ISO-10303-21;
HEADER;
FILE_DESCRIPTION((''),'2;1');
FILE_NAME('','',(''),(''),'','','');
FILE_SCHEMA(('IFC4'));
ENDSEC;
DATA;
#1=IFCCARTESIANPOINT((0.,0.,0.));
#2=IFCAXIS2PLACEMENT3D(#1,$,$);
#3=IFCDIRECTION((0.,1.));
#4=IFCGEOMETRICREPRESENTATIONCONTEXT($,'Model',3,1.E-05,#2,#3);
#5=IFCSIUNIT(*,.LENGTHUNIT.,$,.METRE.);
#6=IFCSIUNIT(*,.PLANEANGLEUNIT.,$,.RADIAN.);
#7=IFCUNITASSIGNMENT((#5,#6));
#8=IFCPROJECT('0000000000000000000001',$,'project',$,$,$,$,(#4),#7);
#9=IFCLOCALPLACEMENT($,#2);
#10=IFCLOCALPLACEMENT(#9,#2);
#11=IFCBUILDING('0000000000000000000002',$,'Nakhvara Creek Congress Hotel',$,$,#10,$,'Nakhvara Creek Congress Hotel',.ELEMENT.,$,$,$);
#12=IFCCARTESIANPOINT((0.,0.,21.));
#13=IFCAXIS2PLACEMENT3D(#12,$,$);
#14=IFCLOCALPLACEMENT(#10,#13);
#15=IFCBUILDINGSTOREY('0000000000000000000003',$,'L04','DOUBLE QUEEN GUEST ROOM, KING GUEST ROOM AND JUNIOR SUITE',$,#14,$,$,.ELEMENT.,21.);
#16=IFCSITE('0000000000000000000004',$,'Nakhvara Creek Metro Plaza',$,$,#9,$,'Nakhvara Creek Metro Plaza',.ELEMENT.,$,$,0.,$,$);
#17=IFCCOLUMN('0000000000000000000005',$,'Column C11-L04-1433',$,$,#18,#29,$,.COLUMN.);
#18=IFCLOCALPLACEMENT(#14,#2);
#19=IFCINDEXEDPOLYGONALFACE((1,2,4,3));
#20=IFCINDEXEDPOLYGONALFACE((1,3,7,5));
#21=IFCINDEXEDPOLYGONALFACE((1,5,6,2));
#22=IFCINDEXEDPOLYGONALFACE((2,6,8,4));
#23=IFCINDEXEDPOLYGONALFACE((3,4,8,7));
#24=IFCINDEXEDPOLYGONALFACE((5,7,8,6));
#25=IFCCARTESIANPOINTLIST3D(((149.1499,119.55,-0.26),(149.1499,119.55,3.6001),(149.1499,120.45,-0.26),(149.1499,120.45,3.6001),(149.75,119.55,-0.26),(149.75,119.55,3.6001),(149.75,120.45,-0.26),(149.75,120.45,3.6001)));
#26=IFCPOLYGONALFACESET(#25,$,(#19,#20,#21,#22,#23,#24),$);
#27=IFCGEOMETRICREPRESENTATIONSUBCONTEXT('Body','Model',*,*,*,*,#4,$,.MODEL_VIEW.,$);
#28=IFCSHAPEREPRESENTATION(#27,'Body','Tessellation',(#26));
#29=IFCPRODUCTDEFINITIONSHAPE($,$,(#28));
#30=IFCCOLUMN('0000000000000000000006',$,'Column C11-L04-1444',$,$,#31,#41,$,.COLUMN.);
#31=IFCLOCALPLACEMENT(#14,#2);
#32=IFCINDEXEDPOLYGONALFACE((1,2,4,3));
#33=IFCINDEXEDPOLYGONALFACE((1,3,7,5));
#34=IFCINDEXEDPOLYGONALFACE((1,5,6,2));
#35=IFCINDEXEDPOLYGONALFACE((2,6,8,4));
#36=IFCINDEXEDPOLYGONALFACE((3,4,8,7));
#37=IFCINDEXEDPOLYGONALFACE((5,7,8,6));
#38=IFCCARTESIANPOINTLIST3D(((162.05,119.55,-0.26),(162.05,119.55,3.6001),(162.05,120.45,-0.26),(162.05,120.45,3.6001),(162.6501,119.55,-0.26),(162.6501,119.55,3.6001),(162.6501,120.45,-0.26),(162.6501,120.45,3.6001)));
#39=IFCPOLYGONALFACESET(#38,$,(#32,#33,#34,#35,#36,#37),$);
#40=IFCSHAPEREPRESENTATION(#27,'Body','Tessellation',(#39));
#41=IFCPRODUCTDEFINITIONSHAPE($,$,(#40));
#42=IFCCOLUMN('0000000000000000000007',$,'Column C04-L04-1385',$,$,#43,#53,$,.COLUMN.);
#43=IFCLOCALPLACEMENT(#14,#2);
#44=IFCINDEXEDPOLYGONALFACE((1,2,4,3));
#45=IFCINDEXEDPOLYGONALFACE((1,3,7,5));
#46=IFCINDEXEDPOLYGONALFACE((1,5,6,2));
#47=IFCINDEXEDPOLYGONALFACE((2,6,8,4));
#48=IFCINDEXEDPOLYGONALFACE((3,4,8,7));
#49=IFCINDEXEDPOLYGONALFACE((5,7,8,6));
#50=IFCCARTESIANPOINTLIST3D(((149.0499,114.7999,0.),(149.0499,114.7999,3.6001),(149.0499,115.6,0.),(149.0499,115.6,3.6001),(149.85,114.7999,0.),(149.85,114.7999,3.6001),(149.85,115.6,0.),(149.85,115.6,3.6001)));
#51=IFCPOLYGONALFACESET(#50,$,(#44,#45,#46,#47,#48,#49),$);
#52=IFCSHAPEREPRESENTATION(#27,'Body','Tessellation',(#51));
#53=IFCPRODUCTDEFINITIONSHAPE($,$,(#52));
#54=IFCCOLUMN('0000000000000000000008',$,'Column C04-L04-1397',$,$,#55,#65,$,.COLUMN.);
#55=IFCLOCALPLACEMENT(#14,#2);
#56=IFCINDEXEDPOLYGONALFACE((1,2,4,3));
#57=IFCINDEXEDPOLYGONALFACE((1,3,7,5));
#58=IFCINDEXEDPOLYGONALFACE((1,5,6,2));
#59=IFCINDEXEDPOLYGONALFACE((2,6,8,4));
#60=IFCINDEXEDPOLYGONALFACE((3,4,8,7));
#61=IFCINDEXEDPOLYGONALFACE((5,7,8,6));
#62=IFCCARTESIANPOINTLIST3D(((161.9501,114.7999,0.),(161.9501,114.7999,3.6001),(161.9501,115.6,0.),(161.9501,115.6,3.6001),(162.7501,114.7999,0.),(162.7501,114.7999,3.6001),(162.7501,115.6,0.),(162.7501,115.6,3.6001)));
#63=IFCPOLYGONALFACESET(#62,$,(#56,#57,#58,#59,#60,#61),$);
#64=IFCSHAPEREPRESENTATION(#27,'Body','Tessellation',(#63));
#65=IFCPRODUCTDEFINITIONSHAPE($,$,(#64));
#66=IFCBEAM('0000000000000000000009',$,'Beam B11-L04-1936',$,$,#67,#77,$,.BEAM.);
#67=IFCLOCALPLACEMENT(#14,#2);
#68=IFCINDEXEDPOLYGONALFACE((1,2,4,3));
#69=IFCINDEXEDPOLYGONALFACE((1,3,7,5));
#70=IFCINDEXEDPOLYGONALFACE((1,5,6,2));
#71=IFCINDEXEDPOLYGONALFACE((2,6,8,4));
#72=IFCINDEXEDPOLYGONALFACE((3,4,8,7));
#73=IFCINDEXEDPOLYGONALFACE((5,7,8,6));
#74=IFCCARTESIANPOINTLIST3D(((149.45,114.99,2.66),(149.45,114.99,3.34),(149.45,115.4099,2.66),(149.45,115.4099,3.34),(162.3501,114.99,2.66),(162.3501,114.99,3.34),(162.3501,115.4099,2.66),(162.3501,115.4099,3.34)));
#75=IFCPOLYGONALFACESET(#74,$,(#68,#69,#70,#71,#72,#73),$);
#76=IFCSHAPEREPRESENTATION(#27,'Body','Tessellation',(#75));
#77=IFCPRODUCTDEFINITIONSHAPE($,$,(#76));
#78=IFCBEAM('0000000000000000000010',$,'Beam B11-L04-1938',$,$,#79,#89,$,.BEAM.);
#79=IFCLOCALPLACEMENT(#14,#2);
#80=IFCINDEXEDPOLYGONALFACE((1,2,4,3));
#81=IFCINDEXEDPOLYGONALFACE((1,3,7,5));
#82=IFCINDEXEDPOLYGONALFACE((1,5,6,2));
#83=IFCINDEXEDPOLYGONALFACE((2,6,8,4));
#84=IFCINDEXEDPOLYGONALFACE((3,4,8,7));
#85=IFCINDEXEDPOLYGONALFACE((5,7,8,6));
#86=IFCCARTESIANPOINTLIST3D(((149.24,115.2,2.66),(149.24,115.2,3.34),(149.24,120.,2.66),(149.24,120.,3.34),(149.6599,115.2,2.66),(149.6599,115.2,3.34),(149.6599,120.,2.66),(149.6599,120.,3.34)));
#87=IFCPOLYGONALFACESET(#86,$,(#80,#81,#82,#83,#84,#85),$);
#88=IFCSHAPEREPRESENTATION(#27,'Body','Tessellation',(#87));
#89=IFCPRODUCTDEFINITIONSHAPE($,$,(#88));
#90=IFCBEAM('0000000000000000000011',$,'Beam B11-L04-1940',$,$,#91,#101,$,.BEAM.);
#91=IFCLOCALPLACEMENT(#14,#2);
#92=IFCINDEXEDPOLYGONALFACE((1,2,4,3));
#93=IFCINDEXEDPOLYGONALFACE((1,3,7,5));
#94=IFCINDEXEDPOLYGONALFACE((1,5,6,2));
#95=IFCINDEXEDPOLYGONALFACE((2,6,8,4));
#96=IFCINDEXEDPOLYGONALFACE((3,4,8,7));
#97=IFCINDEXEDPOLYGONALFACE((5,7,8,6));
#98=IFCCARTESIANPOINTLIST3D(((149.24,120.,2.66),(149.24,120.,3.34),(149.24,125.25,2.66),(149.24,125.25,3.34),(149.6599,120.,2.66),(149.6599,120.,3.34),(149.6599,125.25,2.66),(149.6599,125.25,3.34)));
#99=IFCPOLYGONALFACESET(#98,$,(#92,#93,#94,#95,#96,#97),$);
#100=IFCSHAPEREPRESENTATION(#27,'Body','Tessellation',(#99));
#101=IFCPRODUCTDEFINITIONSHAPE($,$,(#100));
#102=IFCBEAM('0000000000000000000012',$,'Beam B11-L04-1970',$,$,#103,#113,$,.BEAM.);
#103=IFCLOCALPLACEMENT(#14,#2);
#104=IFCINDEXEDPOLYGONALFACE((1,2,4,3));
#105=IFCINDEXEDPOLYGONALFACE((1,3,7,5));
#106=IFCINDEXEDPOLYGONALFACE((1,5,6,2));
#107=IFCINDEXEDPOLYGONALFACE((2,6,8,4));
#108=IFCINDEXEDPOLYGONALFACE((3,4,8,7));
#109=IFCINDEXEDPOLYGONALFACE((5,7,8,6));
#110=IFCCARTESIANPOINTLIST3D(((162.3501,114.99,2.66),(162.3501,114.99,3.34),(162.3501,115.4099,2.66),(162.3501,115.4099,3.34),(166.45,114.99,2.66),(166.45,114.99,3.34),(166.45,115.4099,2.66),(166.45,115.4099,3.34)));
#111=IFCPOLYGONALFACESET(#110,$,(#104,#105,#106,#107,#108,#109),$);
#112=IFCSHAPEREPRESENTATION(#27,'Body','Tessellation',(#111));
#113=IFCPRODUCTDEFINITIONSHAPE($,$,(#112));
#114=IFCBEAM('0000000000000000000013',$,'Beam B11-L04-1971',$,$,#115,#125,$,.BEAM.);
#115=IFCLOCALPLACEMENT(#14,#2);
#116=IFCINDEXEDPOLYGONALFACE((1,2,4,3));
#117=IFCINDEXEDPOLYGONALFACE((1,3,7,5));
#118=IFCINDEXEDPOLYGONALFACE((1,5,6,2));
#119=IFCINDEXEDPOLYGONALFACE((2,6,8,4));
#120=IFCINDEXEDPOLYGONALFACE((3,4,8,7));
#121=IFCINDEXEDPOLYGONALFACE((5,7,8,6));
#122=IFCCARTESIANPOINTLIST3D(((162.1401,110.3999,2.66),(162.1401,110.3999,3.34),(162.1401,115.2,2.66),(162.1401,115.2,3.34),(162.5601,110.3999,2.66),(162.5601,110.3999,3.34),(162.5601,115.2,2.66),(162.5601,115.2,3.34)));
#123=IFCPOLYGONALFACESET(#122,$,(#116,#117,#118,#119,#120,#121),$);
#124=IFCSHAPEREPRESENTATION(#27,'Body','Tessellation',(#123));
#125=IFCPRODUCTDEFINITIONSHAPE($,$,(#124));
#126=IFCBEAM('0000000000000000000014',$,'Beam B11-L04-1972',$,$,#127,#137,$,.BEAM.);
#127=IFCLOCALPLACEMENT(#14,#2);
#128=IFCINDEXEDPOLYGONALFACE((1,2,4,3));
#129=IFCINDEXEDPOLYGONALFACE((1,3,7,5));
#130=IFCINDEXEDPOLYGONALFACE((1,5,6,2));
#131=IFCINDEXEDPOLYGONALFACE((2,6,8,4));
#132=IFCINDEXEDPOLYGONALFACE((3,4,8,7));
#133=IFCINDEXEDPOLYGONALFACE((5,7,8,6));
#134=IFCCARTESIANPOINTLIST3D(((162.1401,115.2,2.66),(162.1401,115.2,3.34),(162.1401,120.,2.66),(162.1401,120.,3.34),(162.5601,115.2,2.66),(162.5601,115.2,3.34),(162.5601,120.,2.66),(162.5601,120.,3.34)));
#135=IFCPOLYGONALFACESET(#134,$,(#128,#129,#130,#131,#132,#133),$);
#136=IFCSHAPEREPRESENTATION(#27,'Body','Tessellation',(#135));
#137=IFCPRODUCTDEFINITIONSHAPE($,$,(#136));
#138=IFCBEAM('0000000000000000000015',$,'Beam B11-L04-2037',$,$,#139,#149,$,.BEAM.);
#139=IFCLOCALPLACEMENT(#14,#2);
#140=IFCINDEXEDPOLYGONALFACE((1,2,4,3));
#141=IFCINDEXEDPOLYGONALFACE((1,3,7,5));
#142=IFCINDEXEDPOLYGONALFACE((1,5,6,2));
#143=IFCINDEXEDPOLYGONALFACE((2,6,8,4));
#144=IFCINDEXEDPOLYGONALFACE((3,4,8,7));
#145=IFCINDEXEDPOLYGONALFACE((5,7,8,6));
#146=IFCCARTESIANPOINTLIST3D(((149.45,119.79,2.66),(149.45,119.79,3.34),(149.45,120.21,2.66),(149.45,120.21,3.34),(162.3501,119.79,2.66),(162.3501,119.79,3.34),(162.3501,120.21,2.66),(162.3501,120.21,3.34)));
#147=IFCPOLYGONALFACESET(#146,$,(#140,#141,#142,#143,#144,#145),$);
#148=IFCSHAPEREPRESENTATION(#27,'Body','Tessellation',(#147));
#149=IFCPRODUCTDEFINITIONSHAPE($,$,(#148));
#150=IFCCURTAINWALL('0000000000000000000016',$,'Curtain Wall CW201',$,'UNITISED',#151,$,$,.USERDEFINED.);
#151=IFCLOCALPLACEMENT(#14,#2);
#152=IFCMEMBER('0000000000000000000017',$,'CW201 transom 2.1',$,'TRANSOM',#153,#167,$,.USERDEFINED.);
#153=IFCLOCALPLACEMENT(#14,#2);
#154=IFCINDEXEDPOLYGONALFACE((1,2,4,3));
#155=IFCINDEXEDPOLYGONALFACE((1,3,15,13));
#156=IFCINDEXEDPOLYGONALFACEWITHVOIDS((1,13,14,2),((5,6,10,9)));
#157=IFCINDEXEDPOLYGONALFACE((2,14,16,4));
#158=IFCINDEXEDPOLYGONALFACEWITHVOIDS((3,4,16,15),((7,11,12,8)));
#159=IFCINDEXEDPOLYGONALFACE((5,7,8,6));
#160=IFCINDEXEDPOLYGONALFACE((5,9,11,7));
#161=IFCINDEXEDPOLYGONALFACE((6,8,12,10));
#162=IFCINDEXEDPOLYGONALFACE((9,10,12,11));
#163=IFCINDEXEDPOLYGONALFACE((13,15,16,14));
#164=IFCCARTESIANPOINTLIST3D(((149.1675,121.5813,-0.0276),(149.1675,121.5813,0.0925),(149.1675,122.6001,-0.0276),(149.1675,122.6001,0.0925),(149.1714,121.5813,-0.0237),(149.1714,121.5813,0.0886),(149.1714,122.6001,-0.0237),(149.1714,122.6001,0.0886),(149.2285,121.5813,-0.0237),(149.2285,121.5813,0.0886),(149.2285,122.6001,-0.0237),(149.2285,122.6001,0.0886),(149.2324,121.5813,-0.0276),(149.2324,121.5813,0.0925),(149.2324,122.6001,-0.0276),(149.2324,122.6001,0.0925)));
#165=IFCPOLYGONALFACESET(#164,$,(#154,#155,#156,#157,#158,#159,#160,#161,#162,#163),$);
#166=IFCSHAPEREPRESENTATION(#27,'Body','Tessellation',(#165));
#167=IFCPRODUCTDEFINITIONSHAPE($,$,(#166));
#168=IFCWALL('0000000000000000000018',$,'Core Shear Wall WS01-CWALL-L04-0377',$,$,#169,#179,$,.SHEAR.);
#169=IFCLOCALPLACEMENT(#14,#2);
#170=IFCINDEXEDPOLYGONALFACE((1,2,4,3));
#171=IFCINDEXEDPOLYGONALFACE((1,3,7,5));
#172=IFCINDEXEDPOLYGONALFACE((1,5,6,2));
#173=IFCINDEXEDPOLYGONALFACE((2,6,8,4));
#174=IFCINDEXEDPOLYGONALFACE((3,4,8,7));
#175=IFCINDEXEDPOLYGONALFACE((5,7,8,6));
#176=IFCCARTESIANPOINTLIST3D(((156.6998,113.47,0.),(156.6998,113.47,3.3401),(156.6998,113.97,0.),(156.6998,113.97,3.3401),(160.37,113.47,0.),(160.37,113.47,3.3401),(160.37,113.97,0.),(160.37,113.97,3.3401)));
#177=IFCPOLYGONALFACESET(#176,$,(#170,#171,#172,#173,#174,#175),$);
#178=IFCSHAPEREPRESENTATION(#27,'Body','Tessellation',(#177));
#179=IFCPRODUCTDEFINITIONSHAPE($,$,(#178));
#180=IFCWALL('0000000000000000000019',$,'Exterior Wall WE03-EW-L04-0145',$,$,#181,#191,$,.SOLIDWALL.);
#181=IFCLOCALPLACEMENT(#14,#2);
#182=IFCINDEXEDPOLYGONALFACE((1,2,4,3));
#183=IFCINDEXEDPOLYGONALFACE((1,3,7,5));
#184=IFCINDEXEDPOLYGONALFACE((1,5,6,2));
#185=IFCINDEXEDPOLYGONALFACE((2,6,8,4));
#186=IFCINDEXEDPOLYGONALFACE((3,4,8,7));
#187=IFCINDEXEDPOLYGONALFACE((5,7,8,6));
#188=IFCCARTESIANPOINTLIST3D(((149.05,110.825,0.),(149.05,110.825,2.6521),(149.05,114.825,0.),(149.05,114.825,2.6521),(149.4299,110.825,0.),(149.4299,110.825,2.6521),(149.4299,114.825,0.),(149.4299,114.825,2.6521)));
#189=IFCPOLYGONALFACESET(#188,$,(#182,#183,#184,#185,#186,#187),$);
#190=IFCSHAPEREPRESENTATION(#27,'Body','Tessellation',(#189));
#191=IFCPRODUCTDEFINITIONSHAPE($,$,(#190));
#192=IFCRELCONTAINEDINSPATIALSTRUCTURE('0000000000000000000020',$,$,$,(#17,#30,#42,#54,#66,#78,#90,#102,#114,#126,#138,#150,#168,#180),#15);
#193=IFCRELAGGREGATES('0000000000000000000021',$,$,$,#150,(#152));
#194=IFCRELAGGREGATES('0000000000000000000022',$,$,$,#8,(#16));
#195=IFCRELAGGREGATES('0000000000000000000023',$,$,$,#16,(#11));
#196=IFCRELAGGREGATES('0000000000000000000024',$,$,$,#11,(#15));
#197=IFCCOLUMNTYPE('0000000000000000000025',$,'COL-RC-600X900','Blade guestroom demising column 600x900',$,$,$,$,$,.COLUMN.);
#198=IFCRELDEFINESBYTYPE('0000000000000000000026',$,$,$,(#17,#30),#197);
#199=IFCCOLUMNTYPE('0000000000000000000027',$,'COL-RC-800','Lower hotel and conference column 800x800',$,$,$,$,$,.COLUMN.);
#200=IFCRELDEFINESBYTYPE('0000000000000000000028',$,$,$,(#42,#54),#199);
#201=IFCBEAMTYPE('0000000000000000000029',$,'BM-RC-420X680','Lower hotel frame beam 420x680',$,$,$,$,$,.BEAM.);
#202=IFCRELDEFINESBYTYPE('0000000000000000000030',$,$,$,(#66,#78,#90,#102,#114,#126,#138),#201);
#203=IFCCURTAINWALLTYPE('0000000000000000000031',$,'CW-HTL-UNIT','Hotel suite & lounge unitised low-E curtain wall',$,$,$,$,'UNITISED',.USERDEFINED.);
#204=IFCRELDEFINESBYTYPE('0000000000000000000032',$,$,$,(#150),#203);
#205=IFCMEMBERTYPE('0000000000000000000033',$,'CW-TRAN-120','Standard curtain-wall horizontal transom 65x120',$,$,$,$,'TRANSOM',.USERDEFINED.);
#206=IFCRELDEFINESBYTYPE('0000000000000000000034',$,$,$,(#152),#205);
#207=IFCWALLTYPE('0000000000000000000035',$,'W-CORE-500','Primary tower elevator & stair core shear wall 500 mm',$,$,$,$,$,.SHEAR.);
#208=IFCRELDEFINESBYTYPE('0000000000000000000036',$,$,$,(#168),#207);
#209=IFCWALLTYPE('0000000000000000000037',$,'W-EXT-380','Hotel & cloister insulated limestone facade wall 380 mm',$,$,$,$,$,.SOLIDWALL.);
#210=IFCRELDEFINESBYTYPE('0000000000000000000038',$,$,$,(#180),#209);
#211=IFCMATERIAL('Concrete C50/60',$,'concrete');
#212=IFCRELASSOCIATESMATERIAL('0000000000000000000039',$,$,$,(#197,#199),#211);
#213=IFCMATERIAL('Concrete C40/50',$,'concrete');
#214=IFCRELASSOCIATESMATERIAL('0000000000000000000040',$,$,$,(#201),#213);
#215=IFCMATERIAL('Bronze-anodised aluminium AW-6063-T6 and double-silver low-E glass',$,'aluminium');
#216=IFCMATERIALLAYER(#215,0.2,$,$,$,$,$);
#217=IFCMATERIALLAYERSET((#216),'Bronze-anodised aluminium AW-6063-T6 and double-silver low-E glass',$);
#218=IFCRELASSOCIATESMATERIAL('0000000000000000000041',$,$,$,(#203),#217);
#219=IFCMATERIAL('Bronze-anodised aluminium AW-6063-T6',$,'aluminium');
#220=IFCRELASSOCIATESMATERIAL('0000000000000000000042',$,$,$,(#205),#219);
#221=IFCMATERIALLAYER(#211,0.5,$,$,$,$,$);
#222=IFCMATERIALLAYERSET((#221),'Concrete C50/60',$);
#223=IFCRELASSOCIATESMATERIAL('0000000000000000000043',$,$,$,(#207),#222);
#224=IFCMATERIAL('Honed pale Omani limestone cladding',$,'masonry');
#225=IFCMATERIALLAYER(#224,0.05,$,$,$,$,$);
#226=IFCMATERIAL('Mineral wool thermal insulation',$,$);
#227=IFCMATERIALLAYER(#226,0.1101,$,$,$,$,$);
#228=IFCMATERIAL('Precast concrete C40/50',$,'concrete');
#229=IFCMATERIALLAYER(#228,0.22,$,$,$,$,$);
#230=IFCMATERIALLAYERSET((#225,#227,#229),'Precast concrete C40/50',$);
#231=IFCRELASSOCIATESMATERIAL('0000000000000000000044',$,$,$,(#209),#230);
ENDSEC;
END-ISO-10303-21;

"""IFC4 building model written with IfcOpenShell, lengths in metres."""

from ifc_helpers import new_model, si_unit, direction, frame, frame_2d, origin, origin_2d, place, context, subcontext, project, spatial, rectangle, hollow_rectangle, extrude, material, layer, layer_set, material_profile, profile_set, type_object, element, aggregate, save


model = new_model("IFC4")

# Units and contexts
model_context = context("Model", 3, precision=1e-05, world=origin(), true_north=direction((0.0, 1.0)))
body_context = subcontext(model_context, "Body", "Model", "MODEL_VIEW")
ifc_project = project(units=[si_unit("LENGTHUNIT", "METRE"), si_unit("PLANEANGLEUNIT", "RADIAN")], contexts=[model_context])

# Site, building, storey
site_placement = place(None, origin())
site = spatial("IfcSite", under=ifc_project, at=site_placement, Name="Nakhvara Creek Metro Plaza", LongName="Nakhvara Creek Metro Plaza", CompositionType="ELEMENT", RefElevation=0.0)
building_placement = place(site_placement, origin())
building = spatial("IfcBuilding", under=site, at=building_placement, Name="Nakhvara Creek Congress Hotel", LongName="Nakhvara Creek Congress Hotel", CompositionType="ELEMENT")
storey_placement = place(building_placement, frame((0.0, 0.0, 21.0)))
storey = spatial("IfcBuildingStorey", under=building, at=storey_placement, Name="L04", Description="DOUBLE QUEEN GUEST ROOM, KING GUEST ROOM AND JUNIOR SUITE", CompositionType="ELEMENT", Elevation=21.0)

# Columns
ifc_material_1 = material(Name="Concrete C50/60", Category="concrete")
ifc_material_profile_1 = material_profile(ifc_material_1, rectangle(XDim=0.6001, YDim=0.8999, at=origin_2d()), Name="RC-COL 600x900", Category="LoadBearing")
ifc_profile_set_1 = profile_set([ifc_material_profile_1], Name="Concrete C50/60")
column_type_1 = type_object("IfcColumnType", Name="COL-RC-600X900", Description="Blade guestroom demising column 600x900", PredefinedType="COLUMN", material=ifc_profile_set_1)
for number, where, z_axis, x_axis, name in (
    (1, (149.45, 120.0, -0.26), (0.0, 0.0, 1.0), (1.0, 0.0, 0.0), "Column C11-L04-1433"),
    (2, (162.3501, 120.0, -0.26), (0.0, 0.0, 1.0), (1.0, 0.0, 0.0), "Column C11-L04-1444"),
):
    element("IfcColumn", number, at=place(storey_placement, frame(where, z_axis=z_axis, x_axis=x_axis)), inside=storey, type_object=column_type_1, Name=name, PredefinedType="COLUMN", context=body_context, shape_type="SweptSolid", body=[
        extrude(rectangle(XDim=0.6001, YDim=0.8999, at=origin_2d()), origin(), (0.0, 0.0, 1.0), 3.8601),
    ])
ifc_material_profile_2 = material_profile(ifc_material_1, rectangle(XDim=0.8, YDim=0.8, at=origin_2d()), Name="RC-COL 800x800", Category="LoadBearing")
ifc_profile_set_2 = profile_set([ifc_material_profile_2], Name="Concrete C50/60")
column_type_2 = type_object("IfcColumnType", Name="COL-RC-800", Description="Lower hotel and conference column 800x800", PredefinedType="COLUMN", material=ifc_profile_set_2)
for number, where, z_axis, x_axis, name in (
    (3, (149.45, 115.2, 0.0), (0.0, 0.0, 1.0), (1.0, 0.0, 0.0), "Column C04-L04-1385"),
    (4, (162.3501, 115.2, 0.0), (0.0, 0.0, 1.0), (1.0, 0.0, 0.0), "Column C04-L04-1397"),
):
    element("IfcColumn", number, at=place(storey_placement, frame(where, z_axis=z_axis, x_axis=x_axis)), inside=storey, type_object=column_type_2, Name=name, PredefinedType="COLUMN", context=body_context, shape_type="SweptSolid", body=[
        extrude(rectangle(XDim=0.8, YDim=0.8, at=origin_2d()), origin(), (0.0, 0.0, 1.0), 3.6001),
    ])

# Beams
ifc_material_2 = material(Name="Concrete C40/50", Category="concrete")
ifc_material_profile_3 = material_profile(ifc_material_2, rectangle(XDim=0.4199, YDim=0.6799, at=origin_2d()), Name="RC-BM 420x680", Category="LoadBearing")
ifc_profile_set_3 = profile_set([ifc_material_profile_3], Name="Concrete C40/50")
beam_type = type_object("IfcBeamType", Name="BM-RC-420X680", Description="Lower hotel frame beam 420x680", PredefinedType="BEAM", material=ifc_profile_set_3)
beam_1_placement = place(storey_placement, frame((149.45, 115.2, 3.0), z_axis=(1.0, 0.0, 0.0), x_axis=(0.0, 1.0, 0.0)))
element("IfcBeam", 5, at=beam_1_placement, inside=storey, type_object=beam_type, Name="Beam B11-L04-1936", PredefinedType="BEAM", context=body_context, shape_type="SweptSolid", body=[
    extrude(rectangle(XDim=0.4199, YDim=0.6799, at=origin_2d()), origin(), (0.0, 0.0, 1.0), 12.9001),
])
beam_2_placement = place(storey_placement, frame((149.45, 115.2, 3.0), z_axis=(0.0, 1.0, 0.0), x_axis=(-1.0, 0.0, 0.0)))
element("IfcBeam", 6, at=beam_2_placement, inside=storey, type_object=beam_type, Name="Beam B11-L04-1938", PredefinedType="BEAM", context=body_context, shape_type="SweptSolid", body=[
    extrude(rectangle(XDim=0.4199, YDim=0.6799, at=origin_2d()), origin(), (0.0, 0.0, 1.0), 4.8),
])
beam_3_placement = place(storey_placement, frame((149.45, 120.0, 3.0), z_axis=(0.0, 1.0, 0.0), x_axis=(-1.0, 0.0, 0.0)))
element("IfcBeam", 7, at=beam_3_placement, inside=storey, type_object=beam_type, Name="Beam B11-L04-1940", PredefinedType="BEAM", context=body_context, shape_type="SweptSolid", body=[
    extrude(rectangle(XDim=0.4199, YDim=0.6799, at=origin_2d()), origin(), (0.0, 0.0, 1.0), 5.25),
])
beam_4_placement = place(storey_placement, frame((162.3501, 115.2, 3.0), z_axis=(1.0, 0.0, 0.0), x_axis=(0.0, 1.0, 0.0)))
element("IfcBeam", 8, at=beam_4_placement, inside=storey, type_object=beam_type, Name="Beam B11-L04-1970", PredefinedType="BEAM", context=body_context, shape_type="SweptSolid", body=[
    extrude(rectangle(XDim=0.4199, YDim=0.6799, at=origin_2d()), origin(), (0.0, 0.0, 1.0), 4.0999),
])
for number, where, z_axis, x_axis, name in (
    (9, (162.3501, 110.3999, 3.0), (0.0, 1.0, 0.0), (-1.0, 0.0, 0.0), "Beam B11-L04-1971"),
    (10, (162.3501, 115.2, 3.0), (0.0, 1.0, 0.0), (-1.0, 0.0, 0.0), "Beam B11-L04-1972"),
):
    element("IfcBeam", number, at=place(storey_placement, frame(where, z_axis=z_axis, x_axis=x_axis)), inside=storey, type_object=beam_type, Name=name, PredefinedType="BEAM", context=body_context, shape_type="SweptSolid", body=[
        extrude(rectangle(XDim=0.4199, YDim=0.6799, at=origin_2d()), origin(), (0.0, 0.0, 1.0), 4.8),
    ])
beam_5_placement = place(storey_placement, frame((149.45, 120.0, 3.0), z_axis=(1.0, 0.0, 0.0), x_axis=(0.0, 1.0, 0.0)))
element("IfcBeam", 11, at=beam_5_placement, inside=storey, type_object=beam_type, Name="Beam B11-L04-2037", PredefinedType="BEAM", context=body_context, shape_type="SweptSolid", body=[
    extrude(rectangle(XDim=0.4199, YDim=0.6799, at=origin_2d()), origin(), (0.0, 0.0, 1.0), 12.9001),
])

# Curtain wall, member
ifc_material_3 = material(Name="Bronze-anodised aluminium AW-6063-T6 and double-silver low-E glass", Category="aluminium")
ifc_layer_1 = layer(ifc_material_3, 0.2)
ifc_layer_set_1 = layer_set([ifc_layer_1], Name="Bronze-anodised aluminium AW-6063-T6 and double-silver low-E glass")
curtain_wall_type = type_object("IfcCurtainWallType", Name="CW-HTL-UNIT", Description="Hotel suite & lounge unitised low-E curtain wall", ElementType="UNITISED", PredefinedType="USERDEFINED", material=ifc_layer_set_1)
curtain_wall_placement = place(storey_placement, origin())
curtain_wall = element("IfcCurtainWall", 12, at=curtain_wall_placement, inside=storey, type_object=curtain_wall_type, Name="Curtain Wall CW201", ObjectType="UNITISED", PredefinedType="USERDEFINED")
ifc_material_4 = material(Name="Bronze-anodised aluminium AW-6063-T6", Category="aluminium")
ifc_material_profile_4 = material_profile(ifc_material_4, hollow_rectangle(XDim=0.0649, YDim=0.1201, WallThickness=0.0039, at=origin_2d()), Name="ALU-TRAN 65x120x4", Category="LoadBearing")
ifc_profile_set_4 = profile_set([ifc_material_profile_4], Name="Bronze-anodised aluminium AW-6063-T6")
member_type = type_object("IfcMemberType", Name="CW-TRAN-120", Description="Standard curtain-wall horizontal transom 65x120", ElementType="TRANSOM", PredefinedType="USERDEFINED", material=ifc_profile_set_4)
member_placement = place(storey_placement, frame((149.2, 121.5813, 0.0325), z_axis=(0.0, 1.0, 0.0), x_axis=(-1.0, 0.0, 0.0)))
member = element("IfcMember", 13, at=member_placement, type_object=member_type, Name="CW201 transom 2.1", ObjectType="TRANSOM", PredefinedType="USERDEFINED", context=body_context, shape_type="SweptSolid", body=[
    extrude(hollow_rectangle(XDim=0.0649, YDim=0.1201, WallThickness=0.0039, at=origin_2d()), origin(), (0.0, 0.0, 1.0), 1.0188),
])
aggregate(curtain_wall, [member])

# Walls
ifc_layer_2 = layer(ifc_material_1, 0.5)
ifc_layer_set_2 = layer_set([ifc_layer_2], Name="Concrete C50/60")
wall_type_1 = type_object("IfcWallType", Name="W-CORE-500", Description="Primary tower elevator & stair core shear wall 500 mm", PredefinedType="SHEAR", material=ifc_layer_set_2)
wall_1_placement = place(storey_placement, frame((156.7, 113.72, 0.0), z_axis=(0.0, 0.0, 1.0), x_axis=(1.0, 0.0, 0.0)))
element("IfcWall", 14, at=wall_1_placement, inside=storey, type_object=wall_type_1, Name="Core Shear Wall WS01-CWALL-L04-0377", PredefinedType="SHEAR", context=body_context, shape_type="SweptSolid", body=[
    extrude(rectangle(XDim=3.6702, YDim=0.5, at=frame_2d((1.835, 0.0))), origin(), (0.0, 0.0, 1.0), 3.3401),
])
ifc_material_5 = material(Name="Honed pale Omani limestone cladding", Category="masonry")
ifc_layer_3 = layer(ifc_material_5, 0.05)
ifc_material_6 = material(Name="Mineral wool thermal insulation")
ifc_layer_4 = layer(ifc_material_6, 0.1101)
ifc_material_7 = material(Name="Precast concrete C40/50", Category="concrete")
ifc_layer_5 = layer(ifc_material_7, 0.22)
ifc_layer_set_3 = layer_set([ifc_layer_3, ifc_layer_4, ifc_layer_5], Name="Precast concrete C40/50")
wall_type_2 = type_object("IfcWallType", Name="W-EXT-380", Description="Hotel & cloister insulated limestone facade wall 380 mm", PredefinedType="SOLIDWALL", material=ifc_layer_set_3)
wall_2_placement = place(storey_placement, frame((149.24, 110.825, 0.0), z_axis=(0.0, 0.0, 1.0), x_axis=(0.0, 1.0, 0.0)))
element("IfcWall", 15, at=wall_2_placement, inside=storey, type_object=wall_type_2, Name="Exterior Wall WE03-EW-L04-0145", PredefinedType="SOLIDWALL", context=body_context, shape_type="SweptSolid", body=[
    extrude(rectangle(XDim=4.0, YDim=0.3799, at=frame_2d((2.0, 0.0))), origin(), (0.0, 0.0, 1.0), 2.6521),
])

save(model, "model.ifc")
